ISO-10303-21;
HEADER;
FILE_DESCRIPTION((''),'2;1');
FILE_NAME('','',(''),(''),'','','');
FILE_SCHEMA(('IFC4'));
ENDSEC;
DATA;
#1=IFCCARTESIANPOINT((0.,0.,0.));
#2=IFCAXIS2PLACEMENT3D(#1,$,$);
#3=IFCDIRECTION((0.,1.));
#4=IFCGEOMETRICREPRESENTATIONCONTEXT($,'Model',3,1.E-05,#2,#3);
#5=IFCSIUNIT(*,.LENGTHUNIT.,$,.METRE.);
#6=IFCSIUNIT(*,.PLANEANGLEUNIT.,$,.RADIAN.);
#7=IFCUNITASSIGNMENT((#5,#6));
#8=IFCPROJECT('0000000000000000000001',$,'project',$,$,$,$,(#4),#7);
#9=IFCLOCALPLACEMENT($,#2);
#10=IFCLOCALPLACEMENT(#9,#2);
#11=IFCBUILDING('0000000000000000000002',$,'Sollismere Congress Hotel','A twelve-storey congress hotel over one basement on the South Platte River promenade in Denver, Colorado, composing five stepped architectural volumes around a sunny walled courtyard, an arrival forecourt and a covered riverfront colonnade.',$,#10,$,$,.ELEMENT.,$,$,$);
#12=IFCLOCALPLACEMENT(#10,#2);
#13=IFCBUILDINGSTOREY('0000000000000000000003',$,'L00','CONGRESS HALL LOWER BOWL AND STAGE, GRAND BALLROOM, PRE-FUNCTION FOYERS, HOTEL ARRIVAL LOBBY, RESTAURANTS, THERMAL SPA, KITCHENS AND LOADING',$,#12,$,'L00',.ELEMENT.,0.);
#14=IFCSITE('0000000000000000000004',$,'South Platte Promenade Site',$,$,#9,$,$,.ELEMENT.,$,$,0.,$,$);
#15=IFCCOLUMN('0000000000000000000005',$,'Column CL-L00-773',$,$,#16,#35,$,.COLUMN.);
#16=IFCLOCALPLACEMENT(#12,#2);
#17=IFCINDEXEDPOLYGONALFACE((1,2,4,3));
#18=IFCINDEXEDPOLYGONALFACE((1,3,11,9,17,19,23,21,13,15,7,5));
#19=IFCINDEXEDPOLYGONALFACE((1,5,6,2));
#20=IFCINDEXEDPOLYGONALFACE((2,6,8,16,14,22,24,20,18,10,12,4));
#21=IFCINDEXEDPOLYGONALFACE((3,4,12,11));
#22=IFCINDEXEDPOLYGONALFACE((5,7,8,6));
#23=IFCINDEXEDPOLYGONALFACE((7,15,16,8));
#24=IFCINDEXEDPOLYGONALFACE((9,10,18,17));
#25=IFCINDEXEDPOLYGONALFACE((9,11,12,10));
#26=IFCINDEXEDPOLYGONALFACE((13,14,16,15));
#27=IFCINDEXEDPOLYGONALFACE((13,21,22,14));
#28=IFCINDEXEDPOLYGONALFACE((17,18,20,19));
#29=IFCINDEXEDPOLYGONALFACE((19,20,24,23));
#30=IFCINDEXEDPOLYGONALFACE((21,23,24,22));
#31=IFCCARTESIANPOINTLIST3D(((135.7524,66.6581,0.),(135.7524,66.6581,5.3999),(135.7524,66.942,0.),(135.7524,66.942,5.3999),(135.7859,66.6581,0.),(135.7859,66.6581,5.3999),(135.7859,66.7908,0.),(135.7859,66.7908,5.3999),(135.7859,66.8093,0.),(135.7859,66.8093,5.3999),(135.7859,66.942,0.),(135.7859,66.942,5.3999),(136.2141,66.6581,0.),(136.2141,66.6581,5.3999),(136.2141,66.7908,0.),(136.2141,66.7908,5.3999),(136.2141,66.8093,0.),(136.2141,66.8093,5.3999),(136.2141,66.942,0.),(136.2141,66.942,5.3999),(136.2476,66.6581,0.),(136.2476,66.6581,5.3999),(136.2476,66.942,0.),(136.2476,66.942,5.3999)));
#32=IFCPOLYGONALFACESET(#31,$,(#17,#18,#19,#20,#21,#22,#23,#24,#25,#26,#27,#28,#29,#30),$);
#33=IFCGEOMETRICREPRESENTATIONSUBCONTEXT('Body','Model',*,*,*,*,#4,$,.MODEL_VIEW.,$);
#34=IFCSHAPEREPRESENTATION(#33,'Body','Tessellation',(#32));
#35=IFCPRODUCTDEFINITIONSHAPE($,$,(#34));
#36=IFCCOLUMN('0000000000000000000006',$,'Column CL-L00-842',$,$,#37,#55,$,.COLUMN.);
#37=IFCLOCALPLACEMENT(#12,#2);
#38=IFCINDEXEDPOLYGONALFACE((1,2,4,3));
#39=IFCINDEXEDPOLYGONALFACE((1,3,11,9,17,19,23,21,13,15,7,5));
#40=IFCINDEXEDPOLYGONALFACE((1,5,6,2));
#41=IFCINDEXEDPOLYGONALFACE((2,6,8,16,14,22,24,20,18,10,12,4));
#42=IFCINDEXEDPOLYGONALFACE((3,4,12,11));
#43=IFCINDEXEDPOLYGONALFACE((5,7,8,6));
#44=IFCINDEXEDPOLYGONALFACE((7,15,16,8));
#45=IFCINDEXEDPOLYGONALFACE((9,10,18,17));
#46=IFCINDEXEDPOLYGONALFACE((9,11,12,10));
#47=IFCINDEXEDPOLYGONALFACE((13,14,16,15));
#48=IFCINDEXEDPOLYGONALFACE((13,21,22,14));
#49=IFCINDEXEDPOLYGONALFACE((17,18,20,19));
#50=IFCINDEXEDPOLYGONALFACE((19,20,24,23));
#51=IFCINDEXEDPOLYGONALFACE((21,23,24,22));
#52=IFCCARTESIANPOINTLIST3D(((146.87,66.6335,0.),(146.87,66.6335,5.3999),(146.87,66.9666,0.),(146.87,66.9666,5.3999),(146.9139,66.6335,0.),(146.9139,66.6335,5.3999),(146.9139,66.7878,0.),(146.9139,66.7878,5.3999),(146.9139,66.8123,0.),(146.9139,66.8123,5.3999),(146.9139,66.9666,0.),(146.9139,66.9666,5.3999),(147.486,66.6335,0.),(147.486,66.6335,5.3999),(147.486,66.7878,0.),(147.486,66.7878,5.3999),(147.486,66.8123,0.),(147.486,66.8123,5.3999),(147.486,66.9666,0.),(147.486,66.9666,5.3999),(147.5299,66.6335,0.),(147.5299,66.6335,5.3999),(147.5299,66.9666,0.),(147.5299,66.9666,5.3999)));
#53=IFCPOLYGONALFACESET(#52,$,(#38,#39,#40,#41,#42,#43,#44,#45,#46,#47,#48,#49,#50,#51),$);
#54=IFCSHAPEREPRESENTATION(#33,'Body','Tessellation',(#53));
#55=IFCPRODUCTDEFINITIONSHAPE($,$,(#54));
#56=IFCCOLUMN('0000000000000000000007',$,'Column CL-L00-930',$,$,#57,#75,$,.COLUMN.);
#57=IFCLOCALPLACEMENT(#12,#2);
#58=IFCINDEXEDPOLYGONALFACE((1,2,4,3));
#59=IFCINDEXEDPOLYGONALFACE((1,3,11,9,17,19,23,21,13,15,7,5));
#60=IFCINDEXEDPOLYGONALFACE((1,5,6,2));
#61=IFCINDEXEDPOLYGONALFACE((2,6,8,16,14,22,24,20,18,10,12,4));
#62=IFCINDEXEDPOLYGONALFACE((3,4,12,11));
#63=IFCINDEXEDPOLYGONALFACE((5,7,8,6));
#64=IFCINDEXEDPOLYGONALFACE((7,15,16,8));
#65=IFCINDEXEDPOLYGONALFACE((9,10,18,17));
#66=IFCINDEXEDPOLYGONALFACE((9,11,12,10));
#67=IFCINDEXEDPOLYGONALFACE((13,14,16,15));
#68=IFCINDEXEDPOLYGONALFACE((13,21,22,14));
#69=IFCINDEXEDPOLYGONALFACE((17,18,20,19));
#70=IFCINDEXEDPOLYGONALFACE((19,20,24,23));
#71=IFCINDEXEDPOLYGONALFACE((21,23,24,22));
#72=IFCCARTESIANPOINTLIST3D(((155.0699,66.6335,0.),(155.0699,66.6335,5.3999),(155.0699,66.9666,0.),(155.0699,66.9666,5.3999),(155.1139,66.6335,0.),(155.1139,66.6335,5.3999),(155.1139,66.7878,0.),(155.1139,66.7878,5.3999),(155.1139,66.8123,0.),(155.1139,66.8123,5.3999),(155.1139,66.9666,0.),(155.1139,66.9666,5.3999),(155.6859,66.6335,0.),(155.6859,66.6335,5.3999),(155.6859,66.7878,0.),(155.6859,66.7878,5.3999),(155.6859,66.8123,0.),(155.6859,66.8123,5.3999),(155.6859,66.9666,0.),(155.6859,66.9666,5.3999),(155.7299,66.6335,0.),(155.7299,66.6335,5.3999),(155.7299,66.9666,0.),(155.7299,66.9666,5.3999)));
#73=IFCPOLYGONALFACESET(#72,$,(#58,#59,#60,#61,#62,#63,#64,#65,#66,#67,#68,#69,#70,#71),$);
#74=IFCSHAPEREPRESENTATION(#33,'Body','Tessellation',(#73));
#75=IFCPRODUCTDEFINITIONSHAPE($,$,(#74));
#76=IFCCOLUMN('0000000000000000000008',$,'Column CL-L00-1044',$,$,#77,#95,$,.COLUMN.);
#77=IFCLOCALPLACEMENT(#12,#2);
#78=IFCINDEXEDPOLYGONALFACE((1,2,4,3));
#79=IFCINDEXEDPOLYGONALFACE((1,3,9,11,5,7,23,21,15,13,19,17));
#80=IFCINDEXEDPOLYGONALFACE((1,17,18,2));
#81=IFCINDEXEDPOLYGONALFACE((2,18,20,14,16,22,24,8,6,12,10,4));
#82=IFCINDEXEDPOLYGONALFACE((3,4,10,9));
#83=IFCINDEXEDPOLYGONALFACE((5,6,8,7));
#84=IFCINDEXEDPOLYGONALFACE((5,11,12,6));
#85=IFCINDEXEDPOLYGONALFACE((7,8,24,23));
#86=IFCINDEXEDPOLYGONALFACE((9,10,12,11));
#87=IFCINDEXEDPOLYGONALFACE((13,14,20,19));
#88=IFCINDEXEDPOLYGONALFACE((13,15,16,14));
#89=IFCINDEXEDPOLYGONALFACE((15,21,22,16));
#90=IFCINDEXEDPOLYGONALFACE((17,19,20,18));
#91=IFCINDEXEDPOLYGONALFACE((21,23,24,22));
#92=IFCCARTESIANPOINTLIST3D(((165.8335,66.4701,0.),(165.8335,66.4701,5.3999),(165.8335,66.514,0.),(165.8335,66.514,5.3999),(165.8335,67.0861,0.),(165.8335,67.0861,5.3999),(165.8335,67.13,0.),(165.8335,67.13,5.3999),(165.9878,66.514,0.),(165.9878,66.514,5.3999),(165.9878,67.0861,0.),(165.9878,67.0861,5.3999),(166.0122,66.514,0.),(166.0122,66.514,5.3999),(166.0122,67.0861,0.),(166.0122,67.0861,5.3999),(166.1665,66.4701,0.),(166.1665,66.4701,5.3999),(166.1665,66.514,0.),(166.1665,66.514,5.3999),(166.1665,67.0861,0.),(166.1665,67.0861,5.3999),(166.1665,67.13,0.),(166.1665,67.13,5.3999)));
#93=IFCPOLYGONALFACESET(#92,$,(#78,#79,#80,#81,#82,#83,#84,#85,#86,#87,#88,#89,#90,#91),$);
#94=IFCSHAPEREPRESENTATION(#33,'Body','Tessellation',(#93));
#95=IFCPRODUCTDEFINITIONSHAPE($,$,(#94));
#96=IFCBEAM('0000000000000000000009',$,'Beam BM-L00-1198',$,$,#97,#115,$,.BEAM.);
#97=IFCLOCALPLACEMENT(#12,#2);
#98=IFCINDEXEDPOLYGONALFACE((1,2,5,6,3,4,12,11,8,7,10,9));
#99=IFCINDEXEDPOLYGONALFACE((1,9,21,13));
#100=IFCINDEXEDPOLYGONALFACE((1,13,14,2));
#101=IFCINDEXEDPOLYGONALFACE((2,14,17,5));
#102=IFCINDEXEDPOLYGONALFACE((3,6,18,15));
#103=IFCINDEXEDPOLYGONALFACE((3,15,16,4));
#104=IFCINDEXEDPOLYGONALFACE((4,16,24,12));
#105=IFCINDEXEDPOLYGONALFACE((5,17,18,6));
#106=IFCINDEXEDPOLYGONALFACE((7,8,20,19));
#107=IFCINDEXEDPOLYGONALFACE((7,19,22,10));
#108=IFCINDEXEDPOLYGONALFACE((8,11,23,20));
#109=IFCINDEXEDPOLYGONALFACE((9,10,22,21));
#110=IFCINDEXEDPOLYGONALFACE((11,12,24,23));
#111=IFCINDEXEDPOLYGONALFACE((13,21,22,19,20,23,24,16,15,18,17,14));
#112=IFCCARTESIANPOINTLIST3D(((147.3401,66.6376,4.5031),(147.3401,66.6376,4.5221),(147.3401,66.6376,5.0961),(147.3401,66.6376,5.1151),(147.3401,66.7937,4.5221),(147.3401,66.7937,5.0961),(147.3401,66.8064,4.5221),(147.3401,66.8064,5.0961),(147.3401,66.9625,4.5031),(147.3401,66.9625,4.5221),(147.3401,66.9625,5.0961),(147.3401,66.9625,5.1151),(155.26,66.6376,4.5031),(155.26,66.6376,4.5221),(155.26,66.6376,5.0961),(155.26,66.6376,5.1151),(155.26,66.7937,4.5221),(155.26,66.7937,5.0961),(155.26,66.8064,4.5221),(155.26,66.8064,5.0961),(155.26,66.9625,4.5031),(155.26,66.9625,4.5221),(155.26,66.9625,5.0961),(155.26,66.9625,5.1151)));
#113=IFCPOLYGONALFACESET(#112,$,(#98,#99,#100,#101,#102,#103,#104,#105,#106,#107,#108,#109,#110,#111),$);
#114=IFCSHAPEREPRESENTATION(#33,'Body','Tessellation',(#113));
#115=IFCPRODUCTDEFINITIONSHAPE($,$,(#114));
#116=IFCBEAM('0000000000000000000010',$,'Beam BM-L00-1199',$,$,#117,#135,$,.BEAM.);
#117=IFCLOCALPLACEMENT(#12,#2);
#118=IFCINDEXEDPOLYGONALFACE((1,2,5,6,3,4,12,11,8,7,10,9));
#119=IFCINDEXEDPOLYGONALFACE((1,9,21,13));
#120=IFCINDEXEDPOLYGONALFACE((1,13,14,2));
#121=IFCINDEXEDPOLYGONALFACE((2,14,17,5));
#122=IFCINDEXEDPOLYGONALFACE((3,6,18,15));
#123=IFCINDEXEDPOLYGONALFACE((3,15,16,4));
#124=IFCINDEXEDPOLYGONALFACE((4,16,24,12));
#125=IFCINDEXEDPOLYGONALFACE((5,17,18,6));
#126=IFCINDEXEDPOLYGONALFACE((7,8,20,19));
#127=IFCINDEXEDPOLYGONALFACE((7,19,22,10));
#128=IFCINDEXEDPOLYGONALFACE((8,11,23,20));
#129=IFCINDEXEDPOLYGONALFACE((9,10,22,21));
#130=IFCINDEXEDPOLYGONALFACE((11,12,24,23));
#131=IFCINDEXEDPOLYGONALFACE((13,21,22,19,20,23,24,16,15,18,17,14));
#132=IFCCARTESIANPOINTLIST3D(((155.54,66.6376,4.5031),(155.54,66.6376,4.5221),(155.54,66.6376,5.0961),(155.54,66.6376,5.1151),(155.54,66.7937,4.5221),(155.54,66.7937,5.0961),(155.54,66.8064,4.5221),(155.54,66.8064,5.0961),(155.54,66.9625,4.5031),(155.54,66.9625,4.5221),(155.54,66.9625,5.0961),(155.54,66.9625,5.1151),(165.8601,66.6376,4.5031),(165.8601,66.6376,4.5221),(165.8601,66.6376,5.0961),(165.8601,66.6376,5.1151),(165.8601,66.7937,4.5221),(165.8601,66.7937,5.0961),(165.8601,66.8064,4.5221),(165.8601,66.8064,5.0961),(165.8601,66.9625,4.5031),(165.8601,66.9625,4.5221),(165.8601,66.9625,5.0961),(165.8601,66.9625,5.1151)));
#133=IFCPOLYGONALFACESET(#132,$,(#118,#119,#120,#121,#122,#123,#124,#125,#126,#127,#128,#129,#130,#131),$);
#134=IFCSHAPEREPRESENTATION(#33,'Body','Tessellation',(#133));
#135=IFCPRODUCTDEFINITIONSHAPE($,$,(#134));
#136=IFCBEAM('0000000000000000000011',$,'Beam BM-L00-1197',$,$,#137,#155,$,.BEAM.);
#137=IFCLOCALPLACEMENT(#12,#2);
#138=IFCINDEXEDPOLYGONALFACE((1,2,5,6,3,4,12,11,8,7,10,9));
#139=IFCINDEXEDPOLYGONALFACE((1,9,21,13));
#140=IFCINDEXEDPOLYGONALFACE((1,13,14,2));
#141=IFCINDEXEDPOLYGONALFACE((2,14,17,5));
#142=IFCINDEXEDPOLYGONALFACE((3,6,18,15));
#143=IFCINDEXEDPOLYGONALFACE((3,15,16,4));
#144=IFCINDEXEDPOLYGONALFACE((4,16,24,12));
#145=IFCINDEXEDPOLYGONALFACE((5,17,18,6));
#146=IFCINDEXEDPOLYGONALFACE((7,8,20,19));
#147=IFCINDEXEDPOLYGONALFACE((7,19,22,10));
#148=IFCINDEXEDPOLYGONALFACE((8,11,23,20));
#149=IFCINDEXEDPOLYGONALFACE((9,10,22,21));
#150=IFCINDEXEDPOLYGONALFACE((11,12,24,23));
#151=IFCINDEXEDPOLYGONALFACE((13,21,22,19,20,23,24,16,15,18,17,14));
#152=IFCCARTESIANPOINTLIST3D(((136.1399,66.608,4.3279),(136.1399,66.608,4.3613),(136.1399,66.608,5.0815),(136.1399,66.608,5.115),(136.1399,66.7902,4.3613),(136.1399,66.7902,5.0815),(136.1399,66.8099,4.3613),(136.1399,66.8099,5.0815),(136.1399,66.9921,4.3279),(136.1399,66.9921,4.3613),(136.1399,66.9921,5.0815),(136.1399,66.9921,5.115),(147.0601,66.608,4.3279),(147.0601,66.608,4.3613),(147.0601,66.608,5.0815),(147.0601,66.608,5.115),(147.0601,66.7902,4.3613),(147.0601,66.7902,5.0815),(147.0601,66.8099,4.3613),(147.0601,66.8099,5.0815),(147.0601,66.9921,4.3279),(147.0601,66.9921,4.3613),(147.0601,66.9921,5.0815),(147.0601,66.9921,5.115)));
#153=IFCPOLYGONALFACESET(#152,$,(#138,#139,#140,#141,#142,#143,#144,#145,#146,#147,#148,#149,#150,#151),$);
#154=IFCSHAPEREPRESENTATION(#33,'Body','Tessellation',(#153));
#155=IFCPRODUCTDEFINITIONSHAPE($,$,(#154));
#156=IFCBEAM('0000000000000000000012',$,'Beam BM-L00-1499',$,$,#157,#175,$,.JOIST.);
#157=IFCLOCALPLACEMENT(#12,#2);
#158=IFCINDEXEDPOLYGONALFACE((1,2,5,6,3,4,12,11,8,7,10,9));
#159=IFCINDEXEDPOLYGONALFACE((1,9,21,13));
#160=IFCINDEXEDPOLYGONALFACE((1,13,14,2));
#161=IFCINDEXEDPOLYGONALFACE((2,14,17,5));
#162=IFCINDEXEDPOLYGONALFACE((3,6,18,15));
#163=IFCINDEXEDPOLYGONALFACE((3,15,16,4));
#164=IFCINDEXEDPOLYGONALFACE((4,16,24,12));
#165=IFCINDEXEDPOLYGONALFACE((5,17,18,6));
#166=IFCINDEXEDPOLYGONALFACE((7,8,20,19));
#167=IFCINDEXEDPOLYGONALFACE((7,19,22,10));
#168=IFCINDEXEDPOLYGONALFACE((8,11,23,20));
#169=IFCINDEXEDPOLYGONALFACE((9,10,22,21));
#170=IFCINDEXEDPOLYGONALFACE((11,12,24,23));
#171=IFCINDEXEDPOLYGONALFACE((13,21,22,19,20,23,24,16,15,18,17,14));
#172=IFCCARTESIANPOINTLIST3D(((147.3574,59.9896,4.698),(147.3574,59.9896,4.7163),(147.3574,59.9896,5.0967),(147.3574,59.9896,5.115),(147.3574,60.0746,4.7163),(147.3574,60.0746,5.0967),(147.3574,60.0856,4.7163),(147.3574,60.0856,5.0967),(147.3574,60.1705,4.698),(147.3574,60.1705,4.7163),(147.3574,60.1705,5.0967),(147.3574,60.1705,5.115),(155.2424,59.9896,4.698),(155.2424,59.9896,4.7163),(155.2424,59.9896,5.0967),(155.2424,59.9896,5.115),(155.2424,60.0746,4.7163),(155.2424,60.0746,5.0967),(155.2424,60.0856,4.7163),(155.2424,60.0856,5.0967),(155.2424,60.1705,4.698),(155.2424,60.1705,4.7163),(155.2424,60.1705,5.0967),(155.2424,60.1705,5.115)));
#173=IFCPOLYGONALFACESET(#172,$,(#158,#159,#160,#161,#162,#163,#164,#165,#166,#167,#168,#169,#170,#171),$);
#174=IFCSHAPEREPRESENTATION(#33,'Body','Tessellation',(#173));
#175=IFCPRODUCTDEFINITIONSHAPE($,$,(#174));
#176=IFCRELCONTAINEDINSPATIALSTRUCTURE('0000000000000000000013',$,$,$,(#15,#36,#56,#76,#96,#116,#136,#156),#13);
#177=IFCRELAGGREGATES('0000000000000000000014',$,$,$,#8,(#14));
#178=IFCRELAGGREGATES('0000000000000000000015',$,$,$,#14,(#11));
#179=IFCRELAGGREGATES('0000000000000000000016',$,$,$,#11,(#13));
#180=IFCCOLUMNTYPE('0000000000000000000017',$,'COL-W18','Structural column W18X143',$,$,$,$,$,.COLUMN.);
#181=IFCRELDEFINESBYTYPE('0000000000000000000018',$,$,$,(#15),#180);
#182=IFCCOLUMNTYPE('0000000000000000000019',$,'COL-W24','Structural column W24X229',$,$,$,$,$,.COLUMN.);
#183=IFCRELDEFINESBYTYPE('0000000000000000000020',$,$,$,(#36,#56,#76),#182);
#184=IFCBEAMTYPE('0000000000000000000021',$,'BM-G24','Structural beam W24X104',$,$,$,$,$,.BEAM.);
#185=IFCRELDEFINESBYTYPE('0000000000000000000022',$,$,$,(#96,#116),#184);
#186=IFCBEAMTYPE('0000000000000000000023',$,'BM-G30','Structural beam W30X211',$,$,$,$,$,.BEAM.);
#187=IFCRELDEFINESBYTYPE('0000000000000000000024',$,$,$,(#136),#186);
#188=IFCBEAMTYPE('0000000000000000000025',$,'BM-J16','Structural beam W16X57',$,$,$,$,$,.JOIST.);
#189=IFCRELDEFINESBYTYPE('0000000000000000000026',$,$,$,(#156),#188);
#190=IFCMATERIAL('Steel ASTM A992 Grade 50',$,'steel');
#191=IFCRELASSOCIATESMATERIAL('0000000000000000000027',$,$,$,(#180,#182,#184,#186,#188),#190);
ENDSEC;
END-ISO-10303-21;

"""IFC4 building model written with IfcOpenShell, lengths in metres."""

from ifc_helpers import new_model, si_unit, direction, frame, origin, origin_2d, place, context, subcontext, project, spatial, i_section, extrude, material, material_profile, profile_set, type_object, element, save


model = new_model("IFC4")

# Units and contexts
model_context = context("Model", 3, precision=1e-05, world=origin(), true_north=direction((0.0, 1.0)))
body_context = subcontext(model_context, "Body", "Model", "MODEL_VIEW")
ifc_project = project(units=[si_unit("LENGTHUNIT", "METRE"), si_unit("PLANEANGLEUNIT", "RADIAN")], contexts=[model_context])

# Site, building, storey
site_placement = place(None, origin())
site = spatial("IfcSite", under=ifc_project, at=site_placement, Name="South Platte Promenade Site", CompositionType="ELEMENT", RefElevation=0.0)
building_placement = place(site_placement, origin())
building = spatial("IfcBuilding", under=site, at=building_placement, Name="Sollismere Congress Hotel", Description="A twelve-storey congress hotel over one basement on the South Platte River promenade in Denver, Colorado, composing five stepped architectural volumes around a sunny walled courtyard, an arrival forecourt and a covered riverfront colonnade.", CompositionType="ELEMENT")
storey_placement = place(building_placement, origin())
storey = spatial("IfcBuildingStorey", under=building, at=storey_placement, Name="L00", Description="CONGRESS HALL LOWER BOWL AND STAGE, GRAND BALLROOM, PRE-FUNCTION FOYERS, HOTEL ARRIVAL LOBBY, RESTAURANTS, THERMAL SPA, KITCHENS AND LOADING", LongName="L00", CompositionType="ELEMENT", Elevation=0.0)

# Columns
ifc_material_1 = material(Name="Steel ASTM A992 Grade 50", Category="steel")
ifc_material_profile_1 = material_profile(ifc_material_1, i_section(OverallWidth=0.2839, OverallDepth=0.4951, WebThickness=0.0186, FlangeThickness=0.0334, at=origin_2d()), Name="W18X143")
ifc_profile_set_1 = profile_set([ifc_material_profile_1], Name="Steel ASTM A992 Grade 50")
column_type_1 = type_object("IfcColumnType", Name="COL-W18", Description="Structural column W18X143", PredefinedType="COLUMN", material=ifc_profile_set_1)
column_placement = place(storey_placement, frame((136.0, 66.8, 0.0), z_axis=(0.0, 0.0, 1.0), x_axis=(0.0, 1.0, 0.0)))
element("IfcColumn", 1, at=column_placement, inside=storey, type_object=column_type_1, Name="Column CL-L00-773", PredefinedType="COLUMN", context=body_context, shape_type="SweptSolid", body=[
    extrude(i_section(OverallWidth=0.2839, OverallDepth=0.4951, WebThickness=0.0186, FlangeThickness=0.0334, at=origin_2d()), origin(), (0.0, 0.0, 1.0), 5.3999),
])
ifc_material_profile_2 = material_profile(ifc_material_1, i_section(OverallWidth=0.333, OverallDepth=0.6599, WebThickness=0.0244, FlangeThickness=0.0439, at=origin_2d()), Name="W24X229")
ifc_profile_set_2 = profile_set([ifc_material_profile_2], Name="Steel ASTM A992 Grade 50")
column_type_2 = type_object("IfcColumnType", Name="COL-W24", Description="Structural column W24X229", PredefinedType="COLUMN", material=ifc_profile_set_2)
for number, where, z_axis, x_axis, name in (
    (2, (147.2, 66.8, 0.0), (0.0, 0.0, 1.0), (0.0, 1.0, 0.0), "Column CL-L00-842"),
    (3, (155.3999, 66.8, 0.0), (0.0, 0.0, 1.0), (0.0, 1.0, 0.0), "Column CL-L00-930"),
    (4, (166.0, 66.8, 0.0), (0.0, 0.0, 1.0), (1.0, 0.0, 0.0), "Column CL-L00-1044"),
):
    element("IfcColumn", number, at=place(storey_placement, frame(where, z_axis=z_axis, x_axis=x_axis)), inside=storey, type_object=column_type_2, Name=name, PredefinedType="COLUMN", context=body_context, shape_type="SweptSolid", body=[
        extrude(i_section(OverallWidth=0.333, OverallDepth=0.6599, WebThickness=0.0244, FlangeThickness=0.0439, at=origin_2d()), origin(), (0.0, 0.0, 1.0), 5.3999),
    ])

# Beams
ifc_material_profile_3 = material_profile(ifc_material_1, i_section(OverallWidth=0.325, OverallDepth=0.6121, WebThickness=0.0127, FlangeThickness=0.019, at=origin_2d()), Name="W24X104")
ifc_profile_set_3 = profile_set([ifc_material_profile_3], Name="Steel ASTM A992 Grade 50")
beam_type_1 = type_object("IfcBeamType", Name="BM-G24", Description="Structural beam W24X104", PredefinedType="BEAM", material=ifc_profile_set_3)
beam_1_placement = place(storey_placement, frame((147.3401, 66.8, 4.8091), z_axis=(1.0, 0.0, 0.0), x_axis=(0.0, 1.0, 0.0)))
element("IfcBeam", 5, at=beam_1_placement, inside=storey, type_object=beam_type_1, Name="Beam BM-L00-1198", PredefinedType="BEAM", context=body_context, shape_type="SweptSolid", body=[
    extrude(i_section(OverallWidth=0.325, OverallDepth=0.6121, WebThickness=0.0127, FlangeThickness=0.019, at=origin_2d()), origin(), (0.0, 0.0, 1.0), 7.9199),
])
beam_2_placement = place(storey_placement, frame((155.54, 66.8, 4.8091), z_axis=(1.0, 0.0, 0.0), x_axis=(0.0, 1.0, 0.0)))
element("IfcBeam", 6, at=beam_2_placement, inside=storey, type_object=beam_type_1, Name="Beam BM-L00-1199", PredefinedType="BEAM", context=body_context, shape_type="SweptSolid", body=[
    extrude(i_section(OverallWidth=0.325, OverallDepth=0.6121, WebThickness=0.0127, FlangeThickness=0.019, at=origin_2d()), origin(), (0.0, 0.0, 1.0), 10.3201),
])
ifc_material_profile_4 = material_profile(ifc_material_1, i_section(OverallWidth=0.384, OverallDepth=0.7871, WebThickness=0.0198, FlangeThickness=0.0334, at=origin_2d()), Name="W30X211")
ifc_profile_set_4 = profile_set([ifc_material_profile_4], Name="Steel ASTM A992 Grade 50")
beam_type_2 = type_object("IfcBeamType", Name="BM-G30", Description="Structural beam W30X211", PredefinedType="BEAM", material=ifc_profile_set_4)
beam_3_placement = place(storey_placement, frame((136.1399, 66.8, 4.7214), z_axis=(1.0, 0.0, 0.0), x_axis=(0.0, 1.0, 0.0)))
element("IfcBeam", 7, at=beam_3_placement, inside=storey, type_object=beam_type_2, Name="Beam BM-L00-1197", PredefinedType="BEAM", context=body_context, shape_type="SweptSolid", body=[
    extrude(i_section(OverallWidth=0.384, OverallDepth=0.7871, WebThickness=0.0198, FlangeThickness=0.0334, at=origin_2d()), origin(), (0.0, 0.0, 1.0), 10.9202),
])
ifc_material_profile_5 = material_profile(ifc_material_1, i_section(OverallWidth=0.1809, OverallDepth=0.417, WebThickness=0.011, FlangeThickness=0.0183, at=origin_2d()), Name="W16X57")
ifc_profile_set_5 = profile_set([ifc_material_profile_5], Name="Steel ASTM A992 Grade 50")
beam_type_3 = type_object("IfcBeamType", Name="BM-J16", Description="Structural beam W16X57", PredefinedType="JOIST", material=ifc_profile_set_5)
for number, where, z_axis, x_axis, name in (
    (8, (147.3574, 60.0801, 4.9065), (1.0, 0.0, 0.0), (0.0, 1.0, 0.0), "Beam BM-L00-1499"),
):
    element("IfcBeam", number, at=place(storey_placement, frame(where, z_axis=z_axis, x_axis=x_axis)), inside=storey, type_object=beam_type_3, Name=name, PredefinedType="JOIST", context=body_context, shape_type="SweptSolid", body=[
        extrude(i_section(OverallWidth=0.1809, OverallDepth=0.417, WebThickness=0.011, FlangeThickness=0.0183, at=origin_2d()), origin(), (0.0, 0.0, 1.0), 7.885),
    ])

save(model, "model.ifc")
